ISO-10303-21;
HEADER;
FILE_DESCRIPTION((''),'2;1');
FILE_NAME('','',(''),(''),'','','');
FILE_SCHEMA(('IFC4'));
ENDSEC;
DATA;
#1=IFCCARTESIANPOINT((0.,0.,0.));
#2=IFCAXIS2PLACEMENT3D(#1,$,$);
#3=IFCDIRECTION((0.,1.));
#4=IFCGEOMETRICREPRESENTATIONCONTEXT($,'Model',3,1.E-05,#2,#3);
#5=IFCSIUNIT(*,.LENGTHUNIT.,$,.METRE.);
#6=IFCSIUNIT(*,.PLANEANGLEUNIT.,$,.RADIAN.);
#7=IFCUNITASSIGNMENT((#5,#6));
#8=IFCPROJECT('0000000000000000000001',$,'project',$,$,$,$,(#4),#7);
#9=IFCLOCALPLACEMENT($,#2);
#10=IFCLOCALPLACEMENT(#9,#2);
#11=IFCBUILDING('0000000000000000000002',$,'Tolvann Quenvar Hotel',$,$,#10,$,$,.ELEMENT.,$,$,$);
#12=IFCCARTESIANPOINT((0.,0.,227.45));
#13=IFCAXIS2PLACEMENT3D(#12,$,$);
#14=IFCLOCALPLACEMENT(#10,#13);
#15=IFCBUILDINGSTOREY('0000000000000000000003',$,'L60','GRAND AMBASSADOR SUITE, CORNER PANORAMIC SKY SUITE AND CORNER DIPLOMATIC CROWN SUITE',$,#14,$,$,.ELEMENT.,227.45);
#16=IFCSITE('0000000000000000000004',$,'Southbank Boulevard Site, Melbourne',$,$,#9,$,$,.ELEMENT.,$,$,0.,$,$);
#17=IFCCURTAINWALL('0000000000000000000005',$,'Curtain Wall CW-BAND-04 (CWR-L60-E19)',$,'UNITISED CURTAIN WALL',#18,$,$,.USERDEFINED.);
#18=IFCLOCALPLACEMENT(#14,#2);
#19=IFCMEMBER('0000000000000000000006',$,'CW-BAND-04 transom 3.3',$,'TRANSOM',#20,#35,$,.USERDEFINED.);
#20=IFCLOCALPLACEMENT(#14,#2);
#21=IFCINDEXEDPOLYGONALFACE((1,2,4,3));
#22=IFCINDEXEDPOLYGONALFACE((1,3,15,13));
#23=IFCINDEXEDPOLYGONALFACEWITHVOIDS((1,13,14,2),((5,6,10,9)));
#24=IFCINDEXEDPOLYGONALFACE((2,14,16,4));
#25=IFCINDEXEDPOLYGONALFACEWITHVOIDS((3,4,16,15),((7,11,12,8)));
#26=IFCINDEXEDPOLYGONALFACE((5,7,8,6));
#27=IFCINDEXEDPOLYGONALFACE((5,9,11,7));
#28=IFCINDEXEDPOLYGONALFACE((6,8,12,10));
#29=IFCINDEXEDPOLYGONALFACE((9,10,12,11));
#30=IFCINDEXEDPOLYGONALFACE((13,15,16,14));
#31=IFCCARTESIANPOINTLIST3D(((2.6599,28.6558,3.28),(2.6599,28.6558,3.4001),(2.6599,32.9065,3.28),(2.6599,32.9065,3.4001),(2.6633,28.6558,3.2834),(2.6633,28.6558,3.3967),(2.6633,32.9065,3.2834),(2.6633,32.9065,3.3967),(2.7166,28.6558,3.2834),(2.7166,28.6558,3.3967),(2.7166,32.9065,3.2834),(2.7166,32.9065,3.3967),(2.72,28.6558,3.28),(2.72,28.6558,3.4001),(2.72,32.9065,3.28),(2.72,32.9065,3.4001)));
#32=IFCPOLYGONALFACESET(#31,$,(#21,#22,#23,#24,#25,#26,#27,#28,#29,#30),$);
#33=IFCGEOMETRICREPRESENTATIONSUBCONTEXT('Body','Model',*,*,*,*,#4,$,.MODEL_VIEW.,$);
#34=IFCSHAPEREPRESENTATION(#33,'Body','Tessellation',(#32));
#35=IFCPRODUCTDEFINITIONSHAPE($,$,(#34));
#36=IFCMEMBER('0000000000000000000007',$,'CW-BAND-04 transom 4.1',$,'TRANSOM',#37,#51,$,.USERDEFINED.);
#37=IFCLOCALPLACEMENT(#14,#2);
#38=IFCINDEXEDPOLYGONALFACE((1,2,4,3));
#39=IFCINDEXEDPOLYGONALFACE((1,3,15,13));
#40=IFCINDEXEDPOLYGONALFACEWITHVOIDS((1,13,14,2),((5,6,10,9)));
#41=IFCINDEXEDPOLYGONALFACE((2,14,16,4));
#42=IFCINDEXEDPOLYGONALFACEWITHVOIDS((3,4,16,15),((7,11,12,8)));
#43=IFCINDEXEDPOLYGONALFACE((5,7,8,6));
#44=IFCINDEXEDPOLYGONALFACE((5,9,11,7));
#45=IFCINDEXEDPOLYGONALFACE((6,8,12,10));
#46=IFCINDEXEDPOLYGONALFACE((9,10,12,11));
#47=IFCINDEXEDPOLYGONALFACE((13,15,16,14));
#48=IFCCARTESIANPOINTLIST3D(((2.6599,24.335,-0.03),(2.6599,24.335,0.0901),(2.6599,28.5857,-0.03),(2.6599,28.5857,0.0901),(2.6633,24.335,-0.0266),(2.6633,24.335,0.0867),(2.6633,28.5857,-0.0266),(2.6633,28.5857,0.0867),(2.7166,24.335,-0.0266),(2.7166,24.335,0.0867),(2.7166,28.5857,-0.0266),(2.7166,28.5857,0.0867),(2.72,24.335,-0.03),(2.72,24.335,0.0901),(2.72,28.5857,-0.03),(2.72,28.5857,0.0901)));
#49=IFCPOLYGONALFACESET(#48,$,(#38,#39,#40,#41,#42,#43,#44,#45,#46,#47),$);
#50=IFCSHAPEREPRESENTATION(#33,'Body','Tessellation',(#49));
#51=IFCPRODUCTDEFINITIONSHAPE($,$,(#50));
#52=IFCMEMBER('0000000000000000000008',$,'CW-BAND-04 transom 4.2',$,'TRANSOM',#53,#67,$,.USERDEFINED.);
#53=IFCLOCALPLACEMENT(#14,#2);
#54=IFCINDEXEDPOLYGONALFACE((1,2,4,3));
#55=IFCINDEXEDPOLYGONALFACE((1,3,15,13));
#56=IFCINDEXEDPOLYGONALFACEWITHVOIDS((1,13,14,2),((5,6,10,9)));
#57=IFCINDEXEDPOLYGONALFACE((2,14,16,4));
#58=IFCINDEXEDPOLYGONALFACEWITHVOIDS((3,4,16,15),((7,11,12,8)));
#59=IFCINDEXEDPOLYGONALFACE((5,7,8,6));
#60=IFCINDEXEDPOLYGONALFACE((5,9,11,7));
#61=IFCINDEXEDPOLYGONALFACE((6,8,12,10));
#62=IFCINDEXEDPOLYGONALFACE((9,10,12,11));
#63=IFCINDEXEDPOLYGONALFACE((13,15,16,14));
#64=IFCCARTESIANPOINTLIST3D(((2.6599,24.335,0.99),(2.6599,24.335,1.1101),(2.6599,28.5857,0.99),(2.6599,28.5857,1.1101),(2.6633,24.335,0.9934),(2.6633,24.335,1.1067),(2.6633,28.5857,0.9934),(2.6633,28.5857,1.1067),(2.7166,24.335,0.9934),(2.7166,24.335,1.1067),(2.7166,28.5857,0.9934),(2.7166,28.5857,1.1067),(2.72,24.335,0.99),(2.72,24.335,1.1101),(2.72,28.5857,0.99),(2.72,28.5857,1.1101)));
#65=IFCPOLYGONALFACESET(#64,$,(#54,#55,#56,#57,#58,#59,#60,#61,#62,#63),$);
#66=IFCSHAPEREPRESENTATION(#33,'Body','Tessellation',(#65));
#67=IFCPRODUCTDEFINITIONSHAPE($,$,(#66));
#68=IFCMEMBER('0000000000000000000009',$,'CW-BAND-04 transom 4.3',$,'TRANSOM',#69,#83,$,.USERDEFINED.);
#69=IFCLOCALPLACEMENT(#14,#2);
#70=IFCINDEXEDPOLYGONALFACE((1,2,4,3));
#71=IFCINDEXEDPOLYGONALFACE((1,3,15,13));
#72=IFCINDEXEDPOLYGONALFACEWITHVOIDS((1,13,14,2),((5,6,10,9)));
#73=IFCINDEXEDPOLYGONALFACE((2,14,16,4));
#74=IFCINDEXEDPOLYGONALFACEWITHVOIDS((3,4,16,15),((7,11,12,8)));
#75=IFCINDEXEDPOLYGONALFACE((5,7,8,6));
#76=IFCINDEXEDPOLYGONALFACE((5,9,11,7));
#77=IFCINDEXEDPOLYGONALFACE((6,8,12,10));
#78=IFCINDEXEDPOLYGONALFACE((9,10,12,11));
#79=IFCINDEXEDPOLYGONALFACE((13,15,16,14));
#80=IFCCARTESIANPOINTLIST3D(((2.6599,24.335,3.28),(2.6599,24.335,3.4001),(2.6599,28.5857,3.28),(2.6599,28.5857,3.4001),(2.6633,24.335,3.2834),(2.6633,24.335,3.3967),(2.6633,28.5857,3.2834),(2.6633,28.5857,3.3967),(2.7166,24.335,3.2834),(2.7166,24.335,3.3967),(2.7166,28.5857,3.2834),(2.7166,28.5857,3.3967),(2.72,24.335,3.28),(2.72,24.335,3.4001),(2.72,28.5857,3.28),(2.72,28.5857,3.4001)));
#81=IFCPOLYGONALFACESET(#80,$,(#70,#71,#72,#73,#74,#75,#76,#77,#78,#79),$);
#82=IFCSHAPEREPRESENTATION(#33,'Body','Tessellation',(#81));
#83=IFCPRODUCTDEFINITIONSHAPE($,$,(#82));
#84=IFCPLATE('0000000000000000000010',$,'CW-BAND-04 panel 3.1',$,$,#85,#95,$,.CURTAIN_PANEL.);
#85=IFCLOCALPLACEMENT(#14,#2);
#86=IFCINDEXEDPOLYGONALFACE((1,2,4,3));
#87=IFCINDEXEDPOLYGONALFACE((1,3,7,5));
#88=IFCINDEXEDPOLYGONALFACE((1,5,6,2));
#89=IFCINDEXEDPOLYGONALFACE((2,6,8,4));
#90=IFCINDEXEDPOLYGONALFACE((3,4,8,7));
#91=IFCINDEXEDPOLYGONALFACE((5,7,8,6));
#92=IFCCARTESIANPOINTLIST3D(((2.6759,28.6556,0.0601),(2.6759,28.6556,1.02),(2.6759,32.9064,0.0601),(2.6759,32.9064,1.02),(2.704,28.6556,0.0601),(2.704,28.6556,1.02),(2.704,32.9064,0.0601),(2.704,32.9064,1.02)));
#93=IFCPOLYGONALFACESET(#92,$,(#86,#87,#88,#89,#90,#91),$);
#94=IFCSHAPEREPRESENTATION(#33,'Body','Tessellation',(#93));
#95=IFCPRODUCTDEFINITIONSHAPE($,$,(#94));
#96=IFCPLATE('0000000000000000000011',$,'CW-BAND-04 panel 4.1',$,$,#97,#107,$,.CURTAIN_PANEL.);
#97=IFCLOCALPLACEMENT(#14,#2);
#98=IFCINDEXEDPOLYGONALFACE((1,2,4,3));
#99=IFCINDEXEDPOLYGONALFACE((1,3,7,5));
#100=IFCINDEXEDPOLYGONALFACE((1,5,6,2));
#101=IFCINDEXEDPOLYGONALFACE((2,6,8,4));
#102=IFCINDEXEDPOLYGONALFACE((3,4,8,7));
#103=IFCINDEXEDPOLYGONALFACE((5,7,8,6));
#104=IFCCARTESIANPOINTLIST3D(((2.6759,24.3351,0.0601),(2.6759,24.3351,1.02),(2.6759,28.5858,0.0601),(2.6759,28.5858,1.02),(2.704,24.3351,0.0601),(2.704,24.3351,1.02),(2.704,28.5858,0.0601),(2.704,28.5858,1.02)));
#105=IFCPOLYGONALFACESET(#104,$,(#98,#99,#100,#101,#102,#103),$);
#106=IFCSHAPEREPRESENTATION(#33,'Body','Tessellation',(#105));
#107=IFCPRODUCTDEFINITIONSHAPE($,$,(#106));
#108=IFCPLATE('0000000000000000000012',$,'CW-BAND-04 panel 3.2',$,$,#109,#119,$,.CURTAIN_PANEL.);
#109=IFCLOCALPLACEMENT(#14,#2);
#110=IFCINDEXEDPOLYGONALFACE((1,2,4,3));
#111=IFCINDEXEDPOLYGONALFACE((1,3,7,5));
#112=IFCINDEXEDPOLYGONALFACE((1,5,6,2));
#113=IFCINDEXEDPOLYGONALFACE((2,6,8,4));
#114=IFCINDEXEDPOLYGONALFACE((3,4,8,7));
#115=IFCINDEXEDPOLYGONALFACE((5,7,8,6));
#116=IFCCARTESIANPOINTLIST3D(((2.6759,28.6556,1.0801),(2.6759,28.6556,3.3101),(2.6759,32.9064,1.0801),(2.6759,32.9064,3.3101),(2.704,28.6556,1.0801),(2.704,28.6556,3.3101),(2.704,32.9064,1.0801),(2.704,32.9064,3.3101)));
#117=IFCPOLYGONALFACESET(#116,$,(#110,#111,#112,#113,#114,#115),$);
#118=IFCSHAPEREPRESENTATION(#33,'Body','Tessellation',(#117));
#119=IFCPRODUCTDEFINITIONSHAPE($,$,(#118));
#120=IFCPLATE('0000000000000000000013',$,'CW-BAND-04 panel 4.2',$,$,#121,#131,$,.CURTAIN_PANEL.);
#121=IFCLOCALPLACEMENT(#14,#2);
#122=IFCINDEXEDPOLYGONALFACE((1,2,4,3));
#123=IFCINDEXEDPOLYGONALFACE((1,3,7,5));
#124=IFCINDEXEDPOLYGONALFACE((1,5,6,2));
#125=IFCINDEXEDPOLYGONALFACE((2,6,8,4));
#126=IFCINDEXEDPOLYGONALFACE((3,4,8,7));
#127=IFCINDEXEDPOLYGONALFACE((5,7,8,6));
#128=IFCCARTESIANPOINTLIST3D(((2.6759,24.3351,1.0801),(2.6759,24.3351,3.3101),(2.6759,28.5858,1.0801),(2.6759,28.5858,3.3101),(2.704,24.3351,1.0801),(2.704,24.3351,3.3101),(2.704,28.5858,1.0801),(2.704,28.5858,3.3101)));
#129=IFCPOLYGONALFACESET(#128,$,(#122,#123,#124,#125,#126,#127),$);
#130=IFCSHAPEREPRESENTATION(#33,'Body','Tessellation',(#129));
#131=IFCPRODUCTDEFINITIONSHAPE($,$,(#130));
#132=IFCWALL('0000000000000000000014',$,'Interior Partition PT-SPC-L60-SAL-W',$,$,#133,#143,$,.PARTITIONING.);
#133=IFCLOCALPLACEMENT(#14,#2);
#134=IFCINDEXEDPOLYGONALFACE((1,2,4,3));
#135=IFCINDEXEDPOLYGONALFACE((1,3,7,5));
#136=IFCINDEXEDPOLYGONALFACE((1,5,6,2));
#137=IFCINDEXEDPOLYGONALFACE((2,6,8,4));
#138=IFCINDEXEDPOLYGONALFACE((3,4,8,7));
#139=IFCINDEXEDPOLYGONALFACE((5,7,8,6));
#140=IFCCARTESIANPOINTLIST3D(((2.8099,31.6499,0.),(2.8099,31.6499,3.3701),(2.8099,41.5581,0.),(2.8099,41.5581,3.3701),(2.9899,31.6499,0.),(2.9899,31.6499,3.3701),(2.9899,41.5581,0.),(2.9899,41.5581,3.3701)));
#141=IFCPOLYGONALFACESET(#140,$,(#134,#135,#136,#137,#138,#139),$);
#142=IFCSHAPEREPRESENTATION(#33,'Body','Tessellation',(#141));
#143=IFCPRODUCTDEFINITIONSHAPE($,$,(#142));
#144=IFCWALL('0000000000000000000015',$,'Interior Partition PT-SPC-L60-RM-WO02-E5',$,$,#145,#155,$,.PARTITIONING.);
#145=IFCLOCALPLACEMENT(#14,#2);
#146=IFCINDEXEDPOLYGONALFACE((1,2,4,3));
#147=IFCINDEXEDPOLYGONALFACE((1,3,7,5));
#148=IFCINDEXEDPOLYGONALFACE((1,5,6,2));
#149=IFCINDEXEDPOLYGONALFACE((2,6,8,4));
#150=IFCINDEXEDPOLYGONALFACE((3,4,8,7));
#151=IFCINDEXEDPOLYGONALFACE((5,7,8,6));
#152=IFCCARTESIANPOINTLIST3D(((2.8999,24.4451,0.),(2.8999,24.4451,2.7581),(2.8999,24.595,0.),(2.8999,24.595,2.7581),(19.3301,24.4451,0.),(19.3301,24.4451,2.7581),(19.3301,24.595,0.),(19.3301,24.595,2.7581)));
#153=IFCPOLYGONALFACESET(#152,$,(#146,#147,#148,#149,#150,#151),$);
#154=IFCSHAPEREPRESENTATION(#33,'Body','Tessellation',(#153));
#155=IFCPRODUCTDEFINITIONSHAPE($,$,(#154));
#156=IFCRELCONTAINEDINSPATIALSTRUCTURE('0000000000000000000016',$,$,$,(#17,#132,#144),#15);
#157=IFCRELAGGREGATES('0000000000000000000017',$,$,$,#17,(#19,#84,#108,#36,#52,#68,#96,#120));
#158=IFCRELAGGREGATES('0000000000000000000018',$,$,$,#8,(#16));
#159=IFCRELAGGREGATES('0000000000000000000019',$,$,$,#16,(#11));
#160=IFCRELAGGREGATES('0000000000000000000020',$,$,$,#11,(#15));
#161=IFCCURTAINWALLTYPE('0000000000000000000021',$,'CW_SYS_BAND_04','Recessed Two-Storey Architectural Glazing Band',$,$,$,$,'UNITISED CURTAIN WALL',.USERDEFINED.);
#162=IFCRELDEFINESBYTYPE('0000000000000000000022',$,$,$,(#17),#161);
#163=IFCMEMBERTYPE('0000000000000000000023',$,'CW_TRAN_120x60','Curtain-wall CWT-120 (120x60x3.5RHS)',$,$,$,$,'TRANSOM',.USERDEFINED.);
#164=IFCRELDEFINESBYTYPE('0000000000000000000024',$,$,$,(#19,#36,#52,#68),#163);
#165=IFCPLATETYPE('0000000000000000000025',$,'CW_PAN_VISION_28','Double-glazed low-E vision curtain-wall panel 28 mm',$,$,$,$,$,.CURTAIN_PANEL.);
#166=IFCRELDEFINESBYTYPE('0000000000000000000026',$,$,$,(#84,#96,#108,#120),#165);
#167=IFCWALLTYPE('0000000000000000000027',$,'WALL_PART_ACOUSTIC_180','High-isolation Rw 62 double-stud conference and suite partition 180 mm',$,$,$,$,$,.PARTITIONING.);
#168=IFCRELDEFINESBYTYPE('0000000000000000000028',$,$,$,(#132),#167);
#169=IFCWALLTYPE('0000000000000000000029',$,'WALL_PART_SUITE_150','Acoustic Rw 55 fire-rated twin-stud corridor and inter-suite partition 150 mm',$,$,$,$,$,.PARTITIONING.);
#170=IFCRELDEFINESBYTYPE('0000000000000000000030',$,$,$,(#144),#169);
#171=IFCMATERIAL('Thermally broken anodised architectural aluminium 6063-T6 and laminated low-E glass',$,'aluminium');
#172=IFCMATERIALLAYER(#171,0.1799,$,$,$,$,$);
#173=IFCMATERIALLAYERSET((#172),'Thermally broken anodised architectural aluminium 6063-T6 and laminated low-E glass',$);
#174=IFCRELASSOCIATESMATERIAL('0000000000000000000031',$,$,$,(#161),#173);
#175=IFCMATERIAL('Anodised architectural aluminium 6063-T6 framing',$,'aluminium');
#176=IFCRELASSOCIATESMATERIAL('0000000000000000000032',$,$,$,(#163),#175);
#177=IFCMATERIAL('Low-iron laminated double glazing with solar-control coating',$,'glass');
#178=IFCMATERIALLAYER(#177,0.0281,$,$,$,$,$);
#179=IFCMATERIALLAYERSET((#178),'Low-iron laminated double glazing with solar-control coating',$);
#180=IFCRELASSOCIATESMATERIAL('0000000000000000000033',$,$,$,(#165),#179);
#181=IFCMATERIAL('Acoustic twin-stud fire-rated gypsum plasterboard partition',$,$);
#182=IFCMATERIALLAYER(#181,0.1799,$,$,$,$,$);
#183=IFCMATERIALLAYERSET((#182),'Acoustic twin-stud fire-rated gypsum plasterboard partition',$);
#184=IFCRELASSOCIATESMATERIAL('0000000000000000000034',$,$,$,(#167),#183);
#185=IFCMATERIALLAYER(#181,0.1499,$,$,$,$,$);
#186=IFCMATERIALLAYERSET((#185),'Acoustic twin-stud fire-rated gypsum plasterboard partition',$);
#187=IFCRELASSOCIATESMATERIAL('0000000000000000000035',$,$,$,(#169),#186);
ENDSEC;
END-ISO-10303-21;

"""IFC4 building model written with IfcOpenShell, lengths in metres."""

from ifc_helpers import new_model, si_unit, direction, frame, frame_2d, origin, origin_2d, place, context, subcontext, project, spatial, rectangle, hollow_rectangle, extrude, source, transform, mapped, material, layer, layer_set, material_profile, profile_set, type_object, type_shapes, element, aggregate, save


model = new_model("IFC4")

# Units and contexts
model_context = context("Model", 3, precision=1e-05, world=origin(), true_north=direction((0.0, 1.0)))
body_context = subcontext(model_context, "Body", "Model", "MODEL_VIEW")
ifc_project = project(units=[si_unit("LENGTHUNIT", "METRE"), si_unit("PLANEANGLEUNIT", "RADIAN")], contexts=[model_context])

# Site, building, storey
site_placement = place(None, origin())
site = spatial("IfcSite", under=ifc_project, at=site_placement, Name="Southbank Boulevard Site, Melbourne", CompositionType="ELEMENT", RefElevation=0.0)
building_placement = place(site_placement, origin())
building = spatial("IfcBuilding", under=site, at=building_placement, Name="Tolvann Quenvar Hotel", CompositionType="ELEMENT")
storey_placement = place(building_placement, frame((0.0, 0.0, 227.45)))
storey = spatial("IfcBuildingStorey", under=building, at=storey_placement, Name="L60", Description="GRAND AMBASSADOR SUITE, CORNER PANORAMIC SKY SUITE AND CORNER DIPLOMATIC CROWN SUITE", CompositionType="ELEMENT", Elevation=227.45)

# Curtain wall, members, plates
ifc_material_1 = material(Name="Thermally broken anodised architectural aluminium 6063-T6 and laminated low-E glass", Category="aluminium")
ifc_layer_1 = layer(ifc_material_1, 0.1799)
ifc_layer_set_1 = layer_set([ifc_layer_1], Name="Thermally broken anodised architectural aluminium 6063-T6 and laminated low-E glass")
curtain_wall_type = type_object("IfcCurtainWallType", Name="CW_SYS_BAND_04", Description="Recessed Two-Storey Architectural Glazing Band", ElementType="UNITISED CURTAIN WALL", PredefinedType="USERDEFINED", material=ifc_layer_set_1)
curtain_wall_placement = place(storey_placement, origin())
curtain_wall = element("IfcCurtainWall", 1, at=curtain_wall_placement, inside=storey, type_object=curtain_wall_type, Name="Curtain Wall CW-BAND-04 (CWR-L60-E19)", ObjectType="UNITISED CURTAIN WALL", PredefinedType="USERDEFINED")
ifc_material_2 = material(Name="Anodised architectural aluminium 6063-T6 framing", Category="aluminium")
ifc_material_profile_1 = material_profile(ifc_material_2, hollow_rectangle(XDim=0.0601, YDim=0.1201, WallThickness=0.0034, at=origin_2d()), Name="120x60x3.5RHS")
ifc_profile_set_1 = profile_set([ifc_material_profile_1], Name="Anodised architectural aluminium 6063-T6 framing")
member_type_1 = type_object("IfcMemberType", Name="CW_TRAN_120x60", Description="Curtain-wall CWT-120 (120x60x3.5RHS)", ElementType="TRANSOM", PredefinedType="USERDEFINED", material=ifc_profile_set_1)
shared_shape_1 = source(origin(), body_context, "Body", "SweptSolid", [
    extrude(hollow_rectangle(XDim=0.0601, YDim=0.1201, WallThickness=0.0034, at=origin_2d()), origin(), (0.0, 0.0, 1.0), 4.2507),
])
type_shapes(member_type_1, [shared_shape_1])
member_1_placement = place(storey_placement, frame((2.6899, 32.9065, 3.3401), z_axis=(0.0, -1.0, 0.0), x_axis=(1.0, 0.0, 0.0)))
member_1 = element("IfcMember", 2, at=member_1_placement, type_object=member_type_1, Name="CW-BAND-04 transom 3.3", ObjectType="TRANSOM", PredefinedType="USERDEFINED", context=body_context, shape_type="MappedRepresentation", body=[
    mapped(shared_shape_1, transform((0.0, 0.0, 0.0), x_axis=(1.0, 0.0, 0.0), y_axis=(0.0, 1.0, 0.0), z_axis=(0.0, 0.0, 1.0), scale=1.0)),
])
member_2_placement = place(storey_placement, frame((2.6899, 28.5857, 0.03), z_axis=(0.0, -1.0, 0.0), x_axis=(1.0, 0.0, 0.0)))
member_2 = element("IfcMember", 3, at=member_2_placement, type_object=member_type_1, Name="CW-BAND-04 transom 4.1", ObjectType="TRANSOM", PredefinedType="USERDEFINED", context=body_context, shape_type="MappedRepresentation", body=[
    mapped(shared_shape_1, transform((0.0, 0.0, 0.0), x_axis=(1.0, 0.0, 0.0), y_axis=(0.0, 1.0, 0.0), z_axis=(0.0, 0.0, 1.0), scale=1.0)),
])
member_3_placement = place(storey_placement, frame((2.6899, 28.5857, 1.05), z_axis=(0.0, -1.0, 0.0), x_axis=(1.0, 0.0, 0.0)))
member_3 = element("IfcMember", 4, at=member_3_placement, type_object=member_type_1, Name="CW-BAND-04 transom 4.2", ObjectType="TRANSOM", PredefinedType="USERDEFINED", context=body_context, shape_type="MappedRepresentation", body=[
    mapped(shared_shape_1, transform((0.0, 0.0, 0.0), x_axis=(1.0, 0.0, 0.0), y_axis=(0.0, 1.0, 0.0), z_axis=(0.0, 0.0, 1.0), scale=1.0)),
])
member_4_placement = place(storey_placement, frame((2.6899, 28.5857, 3.3401), z_axis=(0.0, -1.0, 0.0), x_axis=(1.0, 0.0, 0.0)))
member_4 = element("IfcMember", 5, at=member_4_placement, type_object=member_type_1, Name="CW-BAND-04 transom 4.3", ObjectType="TRANSOM", PredefinedType="USERDEFINED", context=body_context, shape_type="MappedRepresentation", body=[
    mapped(shared_shape_1, transform((0.0, 0.0, 0.0), x_axis=(1.0, 0.0, 0.0), y_axis=(0.0, 1.0, 0.0), z_axis=(0.0, 0.0, 1.0), scale=1.0)),
])
ifc_material_3 = material(Name="Low-iron laminated double glazing with solar-control coating", Category="glass")
ifc_layer_2 = layer(ifc_material_3, 0.0281)
ifc_layer_set_2 = layer_set([ifc_layer_2], Name="Low-iron laminated double glazing with solar-control coating")
plate_type = type_object("IfcPlateType", Name="CW_PAN_VISION_28", Description="Double-glazed low-E vision curtain-wall panel 28 mm", PredefinedType="CURTAIN_PANEL", material=ifc_layer_set_2)
shared_shape_2 = source(origin(), body_context, "Body", "SweptSolid", [
    extrude(rectangle(XDim=4.2507, YDim=0.0281, at=origin_2d()), origin(), (0.0, 0.0, 1.0), 0.96),
])
plate_1_placement = place(storey_placement, frame((2.6899, 30.781, 0.0601), z_axis=(0.0, 0.0, 1.0), x_axis=(0.0, -1.0, 0.0)))
plate_1 = element("IfcPlate", 6, at=plate_1_placement, type_object=plate_type, Name="CW-BAND-04 panel 3.1", PredefinedType="CURTAIN_PANEL", context=body_context, shape_type="MappedRepresentation", body=[
    mapped(shared_shape_2, transform((0.0, 0.0, 0.0), x_axis=(1.0, 0.0, 0.0), y_axis=(0.0, 1.0, 0.0), z_axis=(0.0, 0.0, 1.0), scale=1.0)),
])
plate_2_placement = place(storey_placement, frame((2.6899, 26.4604, 0.0601), z_axis=(0.0, 0.0, 1.0), x_axis=(0.0, -1.0, 0.0)))
plate_2 = element("IfcPlate", 7, at=plate_2_placement, type_object=plate_type, Name="CW-BAND-04 panel 4.1", PredefinedType="CURTAIN_PANEL", context=body_context, shape_type="MappedRepresentation", body=[
    mapped(shared_shape_2, transform((0.0, 0.0, 0.0), x_axis=(1.0, 0.0, 0.0), y_axis=(0.0, 1.0, 0.0), z_axis=(0.0, 0.0, 1.0), scale=1.0)),
])
shared_shape_3 = source(origin(), body_context, "Body", "SweptSolid", [
    extrude(rectangle(XDim=4.2507, YDim=0.0281, at=origin_2d()), origin(), (0.0, 0.0, 1.0), 2.23),
])
type_shapes(plate_type, [shared_shape_2, shared_shape_3])
plate_3_placement = place(storey_placement, frame((2.6899, 30.781, 1.0801), z_axis=(0.0, 0.0, 1.0), x_axis=(0.0, -1.0, 0.0)))
plate_3 = element("IfcPlate", 8, at=plate_3_placement, type_object=plate_type, Name="CW-BAND-04 panel 3.2", PredefinedType="CURTAIN_PANEL", context=body_context, shape_type="MappedRepresentation", body=[
    mapped(shared_shape_3, transform((0.0, 0.0, 0.0), x_axis=(1.0, 0.0, 0.0), y_axis=(0.0, 1.0, 0.0), z_axis=(0.0, 0.0, 1.0), scale=1.0)),
])
plate_4_placement = place(storey_placement, frame((2.6899, 26.4604, 1.0801), z_axis=(0.0, 0.0, 1.0), x_axis=(0.0, -1.0, 0.0)))
plate_4 = element("IfcPlate", 9, at=plate_4_placement, type_object=plate_type, Name="CW-BAND-04 panel 4.2", PredefinedType="CURTAIN_PANEL", context=body_context, shape_type="MappedRepresentation", body=[
    mapped(shared_shape_3, transform((0.0, 0.0, 0.0), x_axis=(1.0, 0.0, 0.0), y_axis=(0.0, 1.0, 0.0), z_axis=(0.0, 0.0, 1.0), scale=1.0)),
])
aggregate(curtain_wall, [member_1, plate_1, plate_3, member_2, member_3, member_4, plate_2, plate_4])

# Shared definitions
ifc_material_4 = material(Name="Acoustic twin-stud fire-rated gypsum plasterboard partition")
ifc_layer_3 = layer(ifc_material_4, 0.1799)
ifc_layer_set_3 = layer_set([ifc_layer_3], Name="Acoustic twin-stud fire-rated gypsum plasterboard partition")
wall_type_1 = type_object("IfcWallType", Name="WALL_PART_ACOUSTIC_180", Description="High-isolation Rw 62 double-stud conference and suite partition 180 mm", PredefinedType="PARTITIONING", material=ifc_layer_set_3)

# Walls
wall_1_placement = place(storey_placement, frame((2.8999, 31.6499, 0.0), z_axis=(0.0, 0.0, 1.0), x_axis=(0.0, 1.0, 0.0)))
element("IfcWall", 10, at=wall_1_placement, inside=storey, type_object=wall_type_1, Name="Interior Partition PT-SPC-L60-SAL-W", PredefinedType="PARTITIONING", context=body_context, shape_type="SweptSolid", body=[
    extrude(rectangle(XDim=9.9082, YDim=0.1799, at=frame_2d((4.9541, 0.0))), origin(), (0.0, 0.0, 1.0), 3.3701),
])
ifc_layer_4 = layer(ifc_material_4, 0.1499)
ifc_layer_set_4 = layer_set([ifc_layer_4], Name="Acoustic twin-stud fire-rated gypsum plasterboard partition")
wall_type_2 = type_object("IfcWallType", Name="WALL_PART_SUITE_150", Description="Acoustic Rw 55 fire-rated twin-stud corridor and inter-suite partition 150 mm", PredefinedType="PARTITIONING", material=ifc_layer_set_4)
wall_2_placement = place(storey_placement, frame((2.8999, 24.52, 0.0), z_axis=(0.0, 0.0, 1.0), x_axis=(1.0, 0.0, 0.0)))
element("IfcWall", 11, at=wall_2_placement, inside=storey, type_object=wall_type_2, Name="Interior Partition PT-SPC-L60-RM-WO02-E5", PredefinedType="PARTITIONING", context=body_context, shape_type="SweptSolid", body=[
    extrude(rectangle(XDim=16.4302, YDim=0.1499, at=frame_2d((8.2151, 0.0))), origin(), (0.0, 0.0, 1.0), 2.7581),
])

save(model, "model.ifc")
